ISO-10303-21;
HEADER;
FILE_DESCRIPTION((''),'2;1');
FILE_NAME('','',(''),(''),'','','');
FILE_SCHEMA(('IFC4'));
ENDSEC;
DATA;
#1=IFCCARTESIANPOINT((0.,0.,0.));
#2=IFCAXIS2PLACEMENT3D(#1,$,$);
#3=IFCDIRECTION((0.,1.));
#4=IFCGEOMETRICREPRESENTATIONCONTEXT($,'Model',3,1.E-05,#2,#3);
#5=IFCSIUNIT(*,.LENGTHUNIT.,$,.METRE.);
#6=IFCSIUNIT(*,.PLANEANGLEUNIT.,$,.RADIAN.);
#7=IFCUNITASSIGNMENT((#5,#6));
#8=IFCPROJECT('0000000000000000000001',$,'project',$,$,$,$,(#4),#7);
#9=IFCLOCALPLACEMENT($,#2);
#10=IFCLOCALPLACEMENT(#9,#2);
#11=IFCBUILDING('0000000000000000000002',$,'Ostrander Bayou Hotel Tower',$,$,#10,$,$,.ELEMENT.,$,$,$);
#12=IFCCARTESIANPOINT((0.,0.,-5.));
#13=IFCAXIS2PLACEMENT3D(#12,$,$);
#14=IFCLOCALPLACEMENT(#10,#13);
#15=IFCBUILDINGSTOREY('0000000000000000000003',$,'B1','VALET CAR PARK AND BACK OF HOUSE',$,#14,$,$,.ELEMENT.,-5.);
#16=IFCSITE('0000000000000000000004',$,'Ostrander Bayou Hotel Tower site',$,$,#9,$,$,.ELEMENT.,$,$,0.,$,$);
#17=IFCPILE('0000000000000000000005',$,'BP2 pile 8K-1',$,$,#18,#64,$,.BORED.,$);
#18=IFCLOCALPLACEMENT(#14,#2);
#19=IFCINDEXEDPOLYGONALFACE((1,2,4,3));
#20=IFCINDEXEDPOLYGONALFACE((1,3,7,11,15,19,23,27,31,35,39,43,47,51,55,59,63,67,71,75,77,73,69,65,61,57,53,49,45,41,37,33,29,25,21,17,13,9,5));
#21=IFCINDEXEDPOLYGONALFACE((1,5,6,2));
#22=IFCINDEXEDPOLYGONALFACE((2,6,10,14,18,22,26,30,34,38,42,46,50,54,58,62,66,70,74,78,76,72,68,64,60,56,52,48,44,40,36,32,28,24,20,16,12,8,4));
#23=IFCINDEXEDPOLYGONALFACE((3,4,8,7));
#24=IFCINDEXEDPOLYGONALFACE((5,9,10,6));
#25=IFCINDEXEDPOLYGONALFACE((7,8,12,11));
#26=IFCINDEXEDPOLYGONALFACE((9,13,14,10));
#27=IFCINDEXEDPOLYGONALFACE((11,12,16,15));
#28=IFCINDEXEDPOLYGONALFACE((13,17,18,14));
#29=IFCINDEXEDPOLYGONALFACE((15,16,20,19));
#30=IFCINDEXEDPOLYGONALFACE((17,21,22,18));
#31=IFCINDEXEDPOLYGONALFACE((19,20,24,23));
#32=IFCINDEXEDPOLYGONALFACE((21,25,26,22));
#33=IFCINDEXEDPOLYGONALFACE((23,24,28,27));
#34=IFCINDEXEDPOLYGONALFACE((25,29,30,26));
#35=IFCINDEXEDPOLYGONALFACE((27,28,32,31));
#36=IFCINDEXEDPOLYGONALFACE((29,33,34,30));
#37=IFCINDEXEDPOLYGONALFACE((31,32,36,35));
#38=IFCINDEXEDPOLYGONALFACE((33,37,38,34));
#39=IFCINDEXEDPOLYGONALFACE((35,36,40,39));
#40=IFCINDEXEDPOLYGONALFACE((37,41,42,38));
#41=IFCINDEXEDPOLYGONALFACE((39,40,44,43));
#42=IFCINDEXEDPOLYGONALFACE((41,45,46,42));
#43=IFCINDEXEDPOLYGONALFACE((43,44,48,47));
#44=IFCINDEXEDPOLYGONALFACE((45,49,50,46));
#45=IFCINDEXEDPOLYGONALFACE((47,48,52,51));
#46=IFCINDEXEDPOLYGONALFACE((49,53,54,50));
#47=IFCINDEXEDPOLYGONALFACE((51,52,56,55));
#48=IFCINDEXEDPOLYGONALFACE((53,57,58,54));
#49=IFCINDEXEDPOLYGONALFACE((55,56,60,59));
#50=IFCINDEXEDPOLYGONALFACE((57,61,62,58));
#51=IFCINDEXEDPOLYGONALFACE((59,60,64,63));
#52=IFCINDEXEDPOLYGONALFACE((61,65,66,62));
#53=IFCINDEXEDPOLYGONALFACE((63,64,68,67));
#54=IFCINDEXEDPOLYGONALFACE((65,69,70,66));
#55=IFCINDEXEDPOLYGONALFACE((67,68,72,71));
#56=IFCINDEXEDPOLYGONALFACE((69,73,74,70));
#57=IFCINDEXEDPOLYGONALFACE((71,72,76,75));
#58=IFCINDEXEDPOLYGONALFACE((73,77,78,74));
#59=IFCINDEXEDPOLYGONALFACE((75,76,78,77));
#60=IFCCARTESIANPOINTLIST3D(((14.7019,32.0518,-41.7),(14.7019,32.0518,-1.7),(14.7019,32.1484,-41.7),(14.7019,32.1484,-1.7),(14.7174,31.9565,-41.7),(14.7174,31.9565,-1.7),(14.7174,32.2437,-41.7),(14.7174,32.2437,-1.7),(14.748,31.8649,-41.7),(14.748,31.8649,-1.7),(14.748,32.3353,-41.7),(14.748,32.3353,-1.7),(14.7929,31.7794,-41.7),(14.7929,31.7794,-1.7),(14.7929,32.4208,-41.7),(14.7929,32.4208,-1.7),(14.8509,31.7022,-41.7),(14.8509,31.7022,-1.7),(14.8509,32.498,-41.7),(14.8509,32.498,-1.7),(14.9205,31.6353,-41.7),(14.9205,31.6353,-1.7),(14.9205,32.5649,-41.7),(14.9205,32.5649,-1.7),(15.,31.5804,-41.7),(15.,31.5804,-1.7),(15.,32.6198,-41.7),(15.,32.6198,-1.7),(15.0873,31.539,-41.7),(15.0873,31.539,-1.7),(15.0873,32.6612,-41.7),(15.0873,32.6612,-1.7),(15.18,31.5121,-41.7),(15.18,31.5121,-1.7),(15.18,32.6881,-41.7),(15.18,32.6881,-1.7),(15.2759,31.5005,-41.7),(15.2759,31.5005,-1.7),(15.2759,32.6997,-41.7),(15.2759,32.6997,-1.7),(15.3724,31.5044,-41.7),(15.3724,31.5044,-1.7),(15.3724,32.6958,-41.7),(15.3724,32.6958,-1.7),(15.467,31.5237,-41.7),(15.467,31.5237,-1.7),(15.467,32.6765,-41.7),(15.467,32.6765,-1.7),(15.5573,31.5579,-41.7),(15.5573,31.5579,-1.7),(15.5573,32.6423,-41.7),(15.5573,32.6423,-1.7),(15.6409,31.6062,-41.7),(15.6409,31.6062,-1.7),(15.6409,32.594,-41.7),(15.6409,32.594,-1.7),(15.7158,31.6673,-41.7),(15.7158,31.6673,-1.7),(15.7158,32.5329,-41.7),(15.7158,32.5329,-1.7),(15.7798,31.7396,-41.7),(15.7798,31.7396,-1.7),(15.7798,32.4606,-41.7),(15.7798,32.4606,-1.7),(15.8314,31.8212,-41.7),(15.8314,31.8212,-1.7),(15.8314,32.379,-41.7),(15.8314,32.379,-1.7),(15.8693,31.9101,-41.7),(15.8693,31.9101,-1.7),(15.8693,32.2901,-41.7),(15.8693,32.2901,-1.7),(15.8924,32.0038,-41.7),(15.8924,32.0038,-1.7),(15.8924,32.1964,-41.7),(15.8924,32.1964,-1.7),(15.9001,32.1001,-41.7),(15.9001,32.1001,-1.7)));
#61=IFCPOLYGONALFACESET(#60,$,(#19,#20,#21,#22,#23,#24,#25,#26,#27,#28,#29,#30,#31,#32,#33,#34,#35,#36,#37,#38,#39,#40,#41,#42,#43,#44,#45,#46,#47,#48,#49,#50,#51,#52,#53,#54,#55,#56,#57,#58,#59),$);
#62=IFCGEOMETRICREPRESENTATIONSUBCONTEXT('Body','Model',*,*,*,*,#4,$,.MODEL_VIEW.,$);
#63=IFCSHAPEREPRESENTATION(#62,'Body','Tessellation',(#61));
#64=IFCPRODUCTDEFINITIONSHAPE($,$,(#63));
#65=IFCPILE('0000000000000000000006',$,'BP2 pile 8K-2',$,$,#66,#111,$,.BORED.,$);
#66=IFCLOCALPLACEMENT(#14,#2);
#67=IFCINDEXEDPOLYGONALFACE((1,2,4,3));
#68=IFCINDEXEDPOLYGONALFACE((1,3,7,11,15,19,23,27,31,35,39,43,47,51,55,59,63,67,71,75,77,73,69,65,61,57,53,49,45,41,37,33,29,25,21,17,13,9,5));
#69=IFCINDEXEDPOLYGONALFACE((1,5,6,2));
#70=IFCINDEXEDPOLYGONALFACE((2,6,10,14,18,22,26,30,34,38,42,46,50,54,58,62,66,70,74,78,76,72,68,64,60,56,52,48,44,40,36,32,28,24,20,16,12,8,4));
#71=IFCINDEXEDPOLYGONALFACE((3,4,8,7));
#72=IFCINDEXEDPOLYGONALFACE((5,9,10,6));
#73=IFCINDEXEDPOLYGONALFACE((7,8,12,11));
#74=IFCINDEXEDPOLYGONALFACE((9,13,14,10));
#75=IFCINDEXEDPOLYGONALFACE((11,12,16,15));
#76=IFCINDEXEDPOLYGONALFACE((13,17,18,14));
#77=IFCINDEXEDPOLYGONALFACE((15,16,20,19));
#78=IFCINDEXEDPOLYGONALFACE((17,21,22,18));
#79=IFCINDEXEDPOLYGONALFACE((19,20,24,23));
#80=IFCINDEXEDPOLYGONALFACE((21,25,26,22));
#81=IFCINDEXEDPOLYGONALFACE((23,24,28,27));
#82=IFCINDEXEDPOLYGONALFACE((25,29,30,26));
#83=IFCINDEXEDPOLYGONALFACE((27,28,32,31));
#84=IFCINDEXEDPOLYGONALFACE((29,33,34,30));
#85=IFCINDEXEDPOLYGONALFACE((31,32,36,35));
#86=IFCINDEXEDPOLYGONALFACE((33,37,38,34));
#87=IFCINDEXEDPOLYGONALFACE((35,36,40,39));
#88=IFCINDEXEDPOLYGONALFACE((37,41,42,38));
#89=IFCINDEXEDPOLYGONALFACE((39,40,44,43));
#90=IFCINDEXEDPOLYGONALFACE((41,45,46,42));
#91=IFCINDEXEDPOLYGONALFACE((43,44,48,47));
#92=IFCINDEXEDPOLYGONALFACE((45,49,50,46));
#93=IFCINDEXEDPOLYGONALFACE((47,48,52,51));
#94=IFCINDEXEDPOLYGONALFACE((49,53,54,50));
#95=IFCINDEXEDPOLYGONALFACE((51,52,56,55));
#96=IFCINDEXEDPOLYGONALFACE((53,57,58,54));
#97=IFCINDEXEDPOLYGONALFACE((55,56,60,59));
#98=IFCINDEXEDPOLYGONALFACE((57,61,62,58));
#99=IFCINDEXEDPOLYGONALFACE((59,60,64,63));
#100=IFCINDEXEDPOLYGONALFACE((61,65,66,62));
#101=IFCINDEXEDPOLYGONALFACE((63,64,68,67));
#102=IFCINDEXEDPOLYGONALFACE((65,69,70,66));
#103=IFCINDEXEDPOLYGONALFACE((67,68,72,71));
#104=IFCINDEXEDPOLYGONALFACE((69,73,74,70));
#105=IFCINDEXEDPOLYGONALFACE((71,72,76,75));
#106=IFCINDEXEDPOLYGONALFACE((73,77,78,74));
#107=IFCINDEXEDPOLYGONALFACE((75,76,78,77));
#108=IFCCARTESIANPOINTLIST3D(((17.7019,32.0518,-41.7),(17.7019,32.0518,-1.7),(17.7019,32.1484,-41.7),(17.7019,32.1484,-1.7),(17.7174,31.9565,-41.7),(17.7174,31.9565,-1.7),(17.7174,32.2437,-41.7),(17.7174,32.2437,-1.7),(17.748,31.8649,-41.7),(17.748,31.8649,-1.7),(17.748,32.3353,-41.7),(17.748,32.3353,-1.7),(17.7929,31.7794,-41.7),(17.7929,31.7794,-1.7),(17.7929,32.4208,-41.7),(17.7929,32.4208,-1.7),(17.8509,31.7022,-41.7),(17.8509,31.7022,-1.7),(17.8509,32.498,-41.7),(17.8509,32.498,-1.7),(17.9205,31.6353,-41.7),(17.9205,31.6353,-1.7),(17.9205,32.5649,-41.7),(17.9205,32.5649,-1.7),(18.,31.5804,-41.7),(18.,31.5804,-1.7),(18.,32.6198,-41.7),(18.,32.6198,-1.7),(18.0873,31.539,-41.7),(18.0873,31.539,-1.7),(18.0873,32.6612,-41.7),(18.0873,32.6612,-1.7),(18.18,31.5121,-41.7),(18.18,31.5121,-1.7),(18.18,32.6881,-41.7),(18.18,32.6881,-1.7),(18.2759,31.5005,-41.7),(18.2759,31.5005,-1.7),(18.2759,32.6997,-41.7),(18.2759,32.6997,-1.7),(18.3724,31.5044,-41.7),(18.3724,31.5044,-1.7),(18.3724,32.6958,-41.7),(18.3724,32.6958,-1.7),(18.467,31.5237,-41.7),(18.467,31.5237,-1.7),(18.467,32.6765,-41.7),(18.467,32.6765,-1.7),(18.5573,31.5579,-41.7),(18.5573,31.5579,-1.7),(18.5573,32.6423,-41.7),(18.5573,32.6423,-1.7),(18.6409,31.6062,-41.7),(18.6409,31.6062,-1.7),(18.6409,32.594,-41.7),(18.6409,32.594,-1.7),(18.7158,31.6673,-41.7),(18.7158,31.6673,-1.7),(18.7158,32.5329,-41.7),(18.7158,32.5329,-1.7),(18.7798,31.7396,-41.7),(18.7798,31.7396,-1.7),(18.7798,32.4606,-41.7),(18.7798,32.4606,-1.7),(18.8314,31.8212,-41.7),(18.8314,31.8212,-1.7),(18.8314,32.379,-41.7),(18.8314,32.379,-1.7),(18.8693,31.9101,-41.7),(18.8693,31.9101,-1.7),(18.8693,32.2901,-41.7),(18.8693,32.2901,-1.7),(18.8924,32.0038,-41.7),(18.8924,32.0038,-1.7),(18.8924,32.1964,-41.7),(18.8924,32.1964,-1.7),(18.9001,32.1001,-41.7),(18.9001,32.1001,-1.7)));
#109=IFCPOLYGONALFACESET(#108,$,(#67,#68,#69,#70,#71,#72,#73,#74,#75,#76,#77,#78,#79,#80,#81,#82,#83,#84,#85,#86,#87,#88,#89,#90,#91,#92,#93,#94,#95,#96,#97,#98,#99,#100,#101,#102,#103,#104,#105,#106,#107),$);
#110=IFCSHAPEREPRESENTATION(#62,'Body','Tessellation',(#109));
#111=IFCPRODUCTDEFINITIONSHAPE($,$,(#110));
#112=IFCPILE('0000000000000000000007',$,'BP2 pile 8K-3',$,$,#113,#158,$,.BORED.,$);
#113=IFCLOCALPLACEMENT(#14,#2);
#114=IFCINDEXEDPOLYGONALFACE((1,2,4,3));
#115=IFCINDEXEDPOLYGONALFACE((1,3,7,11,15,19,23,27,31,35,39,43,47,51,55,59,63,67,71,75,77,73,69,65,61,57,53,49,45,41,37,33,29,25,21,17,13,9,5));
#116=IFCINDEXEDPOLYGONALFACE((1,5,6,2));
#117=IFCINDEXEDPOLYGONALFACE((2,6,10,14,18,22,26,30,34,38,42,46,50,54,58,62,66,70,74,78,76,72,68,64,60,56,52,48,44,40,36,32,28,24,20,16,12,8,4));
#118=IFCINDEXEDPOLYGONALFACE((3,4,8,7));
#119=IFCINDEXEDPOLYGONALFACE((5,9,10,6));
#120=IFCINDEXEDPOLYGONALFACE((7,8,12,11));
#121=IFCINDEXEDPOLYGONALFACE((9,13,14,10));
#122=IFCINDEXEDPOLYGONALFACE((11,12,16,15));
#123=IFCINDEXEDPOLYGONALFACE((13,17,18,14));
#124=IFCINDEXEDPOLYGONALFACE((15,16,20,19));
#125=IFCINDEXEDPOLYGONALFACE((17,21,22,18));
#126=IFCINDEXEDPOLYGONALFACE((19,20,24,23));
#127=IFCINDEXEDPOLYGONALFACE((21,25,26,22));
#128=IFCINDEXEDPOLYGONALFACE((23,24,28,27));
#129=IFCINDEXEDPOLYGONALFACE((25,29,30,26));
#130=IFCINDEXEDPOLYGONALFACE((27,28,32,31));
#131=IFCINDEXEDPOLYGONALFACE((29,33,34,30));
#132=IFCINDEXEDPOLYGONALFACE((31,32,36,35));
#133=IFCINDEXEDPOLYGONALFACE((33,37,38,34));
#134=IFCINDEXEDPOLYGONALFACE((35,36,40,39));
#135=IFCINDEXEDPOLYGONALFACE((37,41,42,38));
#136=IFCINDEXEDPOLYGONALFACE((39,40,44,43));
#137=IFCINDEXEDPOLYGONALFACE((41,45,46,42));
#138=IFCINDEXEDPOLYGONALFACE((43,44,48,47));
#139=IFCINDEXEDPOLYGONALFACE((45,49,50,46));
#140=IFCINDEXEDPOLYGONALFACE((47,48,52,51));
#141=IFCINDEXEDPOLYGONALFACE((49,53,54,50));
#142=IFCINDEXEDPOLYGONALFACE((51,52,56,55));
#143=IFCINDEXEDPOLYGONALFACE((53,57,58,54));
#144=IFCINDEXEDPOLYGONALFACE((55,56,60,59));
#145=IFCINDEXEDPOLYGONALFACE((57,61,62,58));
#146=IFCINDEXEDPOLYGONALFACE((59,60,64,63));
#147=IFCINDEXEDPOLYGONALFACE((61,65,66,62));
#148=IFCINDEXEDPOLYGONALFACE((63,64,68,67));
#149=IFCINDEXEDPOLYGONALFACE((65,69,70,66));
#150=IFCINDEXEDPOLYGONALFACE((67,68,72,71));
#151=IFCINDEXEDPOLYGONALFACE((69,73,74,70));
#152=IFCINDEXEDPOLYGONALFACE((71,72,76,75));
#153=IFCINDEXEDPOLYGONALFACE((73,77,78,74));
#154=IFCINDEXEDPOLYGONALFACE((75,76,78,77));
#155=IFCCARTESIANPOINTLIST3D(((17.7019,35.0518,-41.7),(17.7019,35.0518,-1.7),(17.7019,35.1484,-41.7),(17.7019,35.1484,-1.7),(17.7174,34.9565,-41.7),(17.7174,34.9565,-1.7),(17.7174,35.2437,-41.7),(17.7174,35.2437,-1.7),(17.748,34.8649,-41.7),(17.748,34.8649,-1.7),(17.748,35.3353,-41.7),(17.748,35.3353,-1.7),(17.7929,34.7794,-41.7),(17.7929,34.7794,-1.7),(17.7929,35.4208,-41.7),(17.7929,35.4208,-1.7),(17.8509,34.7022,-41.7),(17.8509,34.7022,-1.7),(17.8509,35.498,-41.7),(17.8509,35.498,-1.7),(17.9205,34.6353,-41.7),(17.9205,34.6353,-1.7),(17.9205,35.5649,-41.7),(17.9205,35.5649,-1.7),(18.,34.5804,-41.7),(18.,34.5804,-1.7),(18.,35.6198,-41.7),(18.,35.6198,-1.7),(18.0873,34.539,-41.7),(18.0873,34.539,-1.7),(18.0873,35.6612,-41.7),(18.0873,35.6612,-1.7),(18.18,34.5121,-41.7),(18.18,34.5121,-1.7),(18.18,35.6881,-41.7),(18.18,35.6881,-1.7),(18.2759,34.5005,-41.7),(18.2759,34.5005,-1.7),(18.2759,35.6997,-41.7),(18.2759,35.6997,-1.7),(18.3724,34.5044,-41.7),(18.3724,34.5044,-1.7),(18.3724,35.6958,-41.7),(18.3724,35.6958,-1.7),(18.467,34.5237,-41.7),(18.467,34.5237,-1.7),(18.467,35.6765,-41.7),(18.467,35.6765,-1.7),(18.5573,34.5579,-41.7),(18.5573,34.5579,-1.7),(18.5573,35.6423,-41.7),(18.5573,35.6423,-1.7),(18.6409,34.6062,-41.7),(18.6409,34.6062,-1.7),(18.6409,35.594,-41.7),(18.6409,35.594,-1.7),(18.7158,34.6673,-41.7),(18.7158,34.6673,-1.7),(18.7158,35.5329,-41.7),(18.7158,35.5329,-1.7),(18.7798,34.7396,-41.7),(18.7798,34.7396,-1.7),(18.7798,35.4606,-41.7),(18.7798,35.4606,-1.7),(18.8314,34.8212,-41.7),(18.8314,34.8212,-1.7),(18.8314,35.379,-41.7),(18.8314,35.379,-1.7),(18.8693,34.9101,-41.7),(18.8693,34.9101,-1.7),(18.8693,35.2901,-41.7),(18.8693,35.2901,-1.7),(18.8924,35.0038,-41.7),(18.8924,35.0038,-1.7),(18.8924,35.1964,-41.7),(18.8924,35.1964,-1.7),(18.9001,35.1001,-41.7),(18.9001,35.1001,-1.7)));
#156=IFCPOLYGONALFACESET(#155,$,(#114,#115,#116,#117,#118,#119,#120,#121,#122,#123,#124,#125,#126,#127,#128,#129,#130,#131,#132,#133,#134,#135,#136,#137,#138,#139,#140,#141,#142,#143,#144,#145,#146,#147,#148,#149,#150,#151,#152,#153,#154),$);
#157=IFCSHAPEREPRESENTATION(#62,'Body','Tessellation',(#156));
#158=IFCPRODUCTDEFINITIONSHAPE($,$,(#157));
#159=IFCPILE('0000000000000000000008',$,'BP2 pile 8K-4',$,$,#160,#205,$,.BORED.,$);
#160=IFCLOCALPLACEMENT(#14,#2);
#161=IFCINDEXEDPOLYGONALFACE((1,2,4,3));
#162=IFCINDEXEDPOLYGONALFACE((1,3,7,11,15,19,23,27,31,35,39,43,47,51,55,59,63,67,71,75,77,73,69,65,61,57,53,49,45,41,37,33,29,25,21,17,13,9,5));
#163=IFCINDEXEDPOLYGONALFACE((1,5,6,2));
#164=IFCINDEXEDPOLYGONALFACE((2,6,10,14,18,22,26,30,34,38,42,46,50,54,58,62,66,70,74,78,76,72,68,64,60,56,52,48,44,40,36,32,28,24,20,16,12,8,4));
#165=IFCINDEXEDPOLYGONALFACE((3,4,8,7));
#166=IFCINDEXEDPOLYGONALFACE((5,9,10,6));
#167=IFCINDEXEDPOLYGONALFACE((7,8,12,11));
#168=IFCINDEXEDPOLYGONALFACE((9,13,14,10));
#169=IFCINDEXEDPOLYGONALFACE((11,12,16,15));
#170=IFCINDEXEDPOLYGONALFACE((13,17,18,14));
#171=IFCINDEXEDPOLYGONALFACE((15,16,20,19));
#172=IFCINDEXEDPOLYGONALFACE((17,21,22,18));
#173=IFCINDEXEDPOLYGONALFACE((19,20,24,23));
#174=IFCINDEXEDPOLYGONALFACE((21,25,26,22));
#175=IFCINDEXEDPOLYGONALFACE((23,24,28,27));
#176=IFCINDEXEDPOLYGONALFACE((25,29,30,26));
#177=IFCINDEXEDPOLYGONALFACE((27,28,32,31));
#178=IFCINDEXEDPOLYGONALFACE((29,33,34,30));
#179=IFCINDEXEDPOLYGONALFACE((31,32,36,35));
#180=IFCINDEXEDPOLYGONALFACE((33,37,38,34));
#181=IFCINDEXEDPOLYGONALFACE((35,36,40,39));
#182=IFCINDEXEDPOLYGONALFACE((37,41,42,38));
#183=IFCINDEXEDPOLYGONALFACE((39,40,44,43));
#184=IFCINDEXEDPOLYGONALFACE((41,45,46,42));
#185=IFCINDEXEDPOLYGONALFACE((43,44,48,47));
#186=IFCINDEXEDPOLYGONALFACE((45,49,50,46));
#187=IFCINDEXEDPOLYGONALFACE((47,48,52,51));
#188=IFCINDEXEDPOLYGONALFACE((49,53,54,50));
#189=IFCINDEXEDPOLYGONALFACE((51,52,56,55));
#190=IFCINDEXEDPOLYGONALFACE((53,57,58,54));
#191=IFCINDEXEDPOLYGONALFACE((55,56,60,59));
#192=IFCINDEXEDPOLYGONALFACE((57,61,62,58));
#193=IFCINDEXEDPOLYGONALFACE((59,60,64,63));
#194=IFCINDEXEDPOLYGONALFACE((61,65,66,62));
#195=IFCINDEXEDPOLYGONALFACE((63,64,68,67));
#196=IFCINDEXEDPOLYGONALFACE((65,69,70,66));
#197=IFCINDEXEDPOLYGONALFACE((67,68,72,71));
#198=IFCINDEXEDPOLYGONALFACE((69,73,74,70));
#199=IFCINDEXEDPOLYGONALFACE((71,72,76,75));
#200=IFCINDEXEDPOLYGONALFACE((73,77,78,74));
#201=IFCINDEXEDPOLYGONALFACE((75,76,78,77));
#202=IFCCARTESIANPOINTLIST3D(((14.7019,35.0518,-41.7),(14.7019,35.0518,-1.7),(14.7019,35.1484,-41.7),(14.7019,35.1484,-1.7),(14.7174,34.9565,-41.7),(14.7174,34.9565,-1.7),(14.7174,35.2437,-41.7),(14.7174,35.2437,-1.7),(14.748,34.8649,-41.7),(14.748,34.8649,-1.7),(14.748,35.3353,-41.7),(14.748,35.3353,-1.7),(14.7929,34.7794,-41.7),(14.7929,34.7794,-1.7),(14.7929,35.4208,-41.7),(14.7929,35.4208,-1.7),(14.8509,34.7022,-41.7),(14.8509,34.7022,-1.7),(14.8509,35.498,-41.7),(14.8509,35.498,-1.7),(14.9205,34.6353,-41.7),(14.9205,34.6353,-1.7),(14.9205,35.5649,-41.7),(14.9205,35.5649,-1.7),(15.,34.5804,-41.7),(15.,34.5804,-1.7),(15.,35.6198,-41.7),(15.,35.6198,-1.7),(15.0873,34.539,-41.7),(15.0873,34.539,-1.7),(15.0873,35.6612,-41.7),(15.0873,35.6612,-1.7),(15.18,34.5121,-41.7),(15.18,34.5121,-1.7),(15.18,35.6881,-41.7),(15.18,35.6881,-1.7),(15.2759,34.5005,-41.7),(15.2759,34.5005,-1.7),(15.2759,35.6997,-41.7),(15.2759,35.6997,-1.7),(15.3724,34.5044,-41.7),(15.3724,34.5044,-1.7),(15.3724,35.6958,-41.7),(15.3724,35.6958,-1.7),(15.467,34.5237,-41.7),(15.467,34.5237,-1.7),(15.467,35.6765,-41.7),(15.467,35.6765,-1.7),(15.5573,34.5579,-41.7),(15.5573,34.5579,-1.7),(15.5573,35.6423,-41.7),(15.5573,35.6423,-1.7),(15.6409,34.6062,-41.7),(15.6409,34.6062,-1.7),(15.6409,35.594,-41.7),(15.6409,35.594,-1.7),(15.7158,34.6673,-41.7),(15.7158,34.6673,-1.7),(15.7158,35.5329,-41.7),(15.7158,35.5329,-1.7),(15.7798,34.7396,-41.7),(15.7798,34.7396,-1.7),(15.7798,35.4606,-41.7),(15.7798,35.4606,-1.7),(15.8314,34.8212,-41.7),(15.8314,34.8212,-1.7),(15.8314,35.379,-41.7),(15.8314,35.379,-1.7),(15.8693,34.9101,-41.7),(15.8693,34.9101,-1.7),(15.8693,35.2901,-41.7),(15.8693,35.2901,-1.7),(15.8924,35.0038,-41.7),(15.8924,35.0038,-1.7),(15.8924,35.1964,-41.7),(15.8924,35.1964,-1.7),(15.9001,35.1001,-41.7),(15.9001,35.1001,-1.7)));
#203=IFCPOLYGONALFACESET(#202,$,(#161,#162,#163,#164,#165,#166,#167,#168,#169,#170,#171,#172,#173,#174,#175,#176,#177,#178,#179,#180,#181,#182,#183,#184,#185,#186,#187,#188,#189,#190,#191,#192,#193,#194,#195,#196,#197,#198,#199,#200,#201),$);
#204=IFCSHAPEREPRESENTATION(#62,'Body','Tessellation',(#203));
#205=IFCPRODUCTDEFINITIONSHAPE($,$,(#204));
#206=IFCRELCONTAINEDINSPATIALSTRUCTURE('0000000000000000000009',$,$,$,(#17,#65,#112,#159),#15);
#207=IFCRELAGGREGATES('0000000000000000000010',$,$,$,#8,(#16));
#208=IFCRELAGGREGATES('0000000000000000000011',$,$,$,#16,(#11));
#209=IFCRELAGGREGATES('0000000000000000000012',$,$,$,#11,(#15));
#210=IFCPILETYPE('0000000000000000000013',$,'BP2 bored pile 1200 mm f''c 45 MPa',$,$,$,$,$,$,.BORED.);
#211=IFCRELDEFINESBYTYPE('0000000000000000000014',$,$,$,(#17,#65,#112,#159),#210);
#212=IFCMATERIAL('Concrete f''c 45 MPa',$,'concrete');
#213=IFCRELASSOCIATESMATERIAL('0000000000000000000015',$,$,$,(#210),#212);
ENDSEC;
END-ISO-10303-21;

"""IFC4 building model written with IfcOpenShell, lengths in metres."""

from ifc_helpers import new_model, si_unit, direction, frame, origin, origin_2d, place, context, subcontext, project, spatial, circle, extrude, material, material_profile, profile_set, type_object, element, save


model = new_model("IFC4")

# Units and contexts
model_context = context("Model", 3, precision=1e-05, world=origin(), true_north=direction((0.0, 1.0)))
body_context = subcontext(model_context, "Body", "Model", "MODEL_VIEW")
ifc_project = project(units=[si_unit("LENGTHUNIT", "METRE"), si_unit("PLANEANGLEUNIT", "RADIAN")], contexts=[model_context])

# Site, building, storey
site_placement = place(None, origin())
site = spatial("IfcSite", under=ifc_project, at=site_placement, Name="Ostrander Bayou Hotel Tower site", CompositionType="ELEMENT", RefElevation=0.0)
building_placement = place(site_placement, origin())
building = spatial("IfcBuilding", under=site, at=building_placement, Name="Ostrander Bayou Hotel Tower", CompositionType="ELEMENT")
storey_placement = place(building_placement, frame((0.0, 0.0, -5.0)))
storey = spatial("IfcBuildingStorey", under=building, at=storey_placement, Name="B1", Description="VALET CAR PARK AND BACK OF HOUSE", CompositionType="ELEMENT", Elevation=-5.0)

# Piles
ifc_material_1 = material(Name="Concrete f'c 45 MPa", Category="concrete")
ifc_material_profile_1 = material_profile(ifc_material_1, circle(Radius=0.6001, at=origin_2d()))
ifc_profile_set_1 = profile_set([ifc_material_profile_1], Name="Concrete f'c 45 MPa")
pile_type = type_object("IfcPileType", Name="BP2 bored pile 1200 mm f'c 45 MPa", PredefinedType="BORED", material=ifc_profile_set_1)
for number, where, z_axis, x_axis, name in (
    (1, (15.3, 32.1001, -1.7), (0.0, 0.0, -1.0), (1.0, 0.0, 0.0), "BP2 pile 8K-1"),
    (2, (18.3, 32.1001, -1.7), (0.0, 0.0, -1.0), (1.0, 0.0, 0.0), "BP2 pile 8K-2"),
    (3, (18.3, 35.1001, -1.7), (0.0, 0.0, -1.0), (1.0, 0.0, 0.0), "BP2 pile 8K-3"),
    (4, (15.3, 35.1001, -1.7), (0.0, 0.0, -1.0), (1.0, 0.0, 0.0), "BP2 pile 8K-4"),
):
    element("IfcPile", number, at=place(storey_placement, frame(where, z_axis=z_axis, x_axis=x_axis)), inside=storey, type_object=pile_type, Name=name, PredefinedType="BORED", context=body_context, shape_type="SweptSolid", body=[
        extrude(circle(Radius=0.6001, at=origin_2d()), origin(), (0.0, 0.0, 1.0), 40.0),
    ])

save(model, "model.ifc")
